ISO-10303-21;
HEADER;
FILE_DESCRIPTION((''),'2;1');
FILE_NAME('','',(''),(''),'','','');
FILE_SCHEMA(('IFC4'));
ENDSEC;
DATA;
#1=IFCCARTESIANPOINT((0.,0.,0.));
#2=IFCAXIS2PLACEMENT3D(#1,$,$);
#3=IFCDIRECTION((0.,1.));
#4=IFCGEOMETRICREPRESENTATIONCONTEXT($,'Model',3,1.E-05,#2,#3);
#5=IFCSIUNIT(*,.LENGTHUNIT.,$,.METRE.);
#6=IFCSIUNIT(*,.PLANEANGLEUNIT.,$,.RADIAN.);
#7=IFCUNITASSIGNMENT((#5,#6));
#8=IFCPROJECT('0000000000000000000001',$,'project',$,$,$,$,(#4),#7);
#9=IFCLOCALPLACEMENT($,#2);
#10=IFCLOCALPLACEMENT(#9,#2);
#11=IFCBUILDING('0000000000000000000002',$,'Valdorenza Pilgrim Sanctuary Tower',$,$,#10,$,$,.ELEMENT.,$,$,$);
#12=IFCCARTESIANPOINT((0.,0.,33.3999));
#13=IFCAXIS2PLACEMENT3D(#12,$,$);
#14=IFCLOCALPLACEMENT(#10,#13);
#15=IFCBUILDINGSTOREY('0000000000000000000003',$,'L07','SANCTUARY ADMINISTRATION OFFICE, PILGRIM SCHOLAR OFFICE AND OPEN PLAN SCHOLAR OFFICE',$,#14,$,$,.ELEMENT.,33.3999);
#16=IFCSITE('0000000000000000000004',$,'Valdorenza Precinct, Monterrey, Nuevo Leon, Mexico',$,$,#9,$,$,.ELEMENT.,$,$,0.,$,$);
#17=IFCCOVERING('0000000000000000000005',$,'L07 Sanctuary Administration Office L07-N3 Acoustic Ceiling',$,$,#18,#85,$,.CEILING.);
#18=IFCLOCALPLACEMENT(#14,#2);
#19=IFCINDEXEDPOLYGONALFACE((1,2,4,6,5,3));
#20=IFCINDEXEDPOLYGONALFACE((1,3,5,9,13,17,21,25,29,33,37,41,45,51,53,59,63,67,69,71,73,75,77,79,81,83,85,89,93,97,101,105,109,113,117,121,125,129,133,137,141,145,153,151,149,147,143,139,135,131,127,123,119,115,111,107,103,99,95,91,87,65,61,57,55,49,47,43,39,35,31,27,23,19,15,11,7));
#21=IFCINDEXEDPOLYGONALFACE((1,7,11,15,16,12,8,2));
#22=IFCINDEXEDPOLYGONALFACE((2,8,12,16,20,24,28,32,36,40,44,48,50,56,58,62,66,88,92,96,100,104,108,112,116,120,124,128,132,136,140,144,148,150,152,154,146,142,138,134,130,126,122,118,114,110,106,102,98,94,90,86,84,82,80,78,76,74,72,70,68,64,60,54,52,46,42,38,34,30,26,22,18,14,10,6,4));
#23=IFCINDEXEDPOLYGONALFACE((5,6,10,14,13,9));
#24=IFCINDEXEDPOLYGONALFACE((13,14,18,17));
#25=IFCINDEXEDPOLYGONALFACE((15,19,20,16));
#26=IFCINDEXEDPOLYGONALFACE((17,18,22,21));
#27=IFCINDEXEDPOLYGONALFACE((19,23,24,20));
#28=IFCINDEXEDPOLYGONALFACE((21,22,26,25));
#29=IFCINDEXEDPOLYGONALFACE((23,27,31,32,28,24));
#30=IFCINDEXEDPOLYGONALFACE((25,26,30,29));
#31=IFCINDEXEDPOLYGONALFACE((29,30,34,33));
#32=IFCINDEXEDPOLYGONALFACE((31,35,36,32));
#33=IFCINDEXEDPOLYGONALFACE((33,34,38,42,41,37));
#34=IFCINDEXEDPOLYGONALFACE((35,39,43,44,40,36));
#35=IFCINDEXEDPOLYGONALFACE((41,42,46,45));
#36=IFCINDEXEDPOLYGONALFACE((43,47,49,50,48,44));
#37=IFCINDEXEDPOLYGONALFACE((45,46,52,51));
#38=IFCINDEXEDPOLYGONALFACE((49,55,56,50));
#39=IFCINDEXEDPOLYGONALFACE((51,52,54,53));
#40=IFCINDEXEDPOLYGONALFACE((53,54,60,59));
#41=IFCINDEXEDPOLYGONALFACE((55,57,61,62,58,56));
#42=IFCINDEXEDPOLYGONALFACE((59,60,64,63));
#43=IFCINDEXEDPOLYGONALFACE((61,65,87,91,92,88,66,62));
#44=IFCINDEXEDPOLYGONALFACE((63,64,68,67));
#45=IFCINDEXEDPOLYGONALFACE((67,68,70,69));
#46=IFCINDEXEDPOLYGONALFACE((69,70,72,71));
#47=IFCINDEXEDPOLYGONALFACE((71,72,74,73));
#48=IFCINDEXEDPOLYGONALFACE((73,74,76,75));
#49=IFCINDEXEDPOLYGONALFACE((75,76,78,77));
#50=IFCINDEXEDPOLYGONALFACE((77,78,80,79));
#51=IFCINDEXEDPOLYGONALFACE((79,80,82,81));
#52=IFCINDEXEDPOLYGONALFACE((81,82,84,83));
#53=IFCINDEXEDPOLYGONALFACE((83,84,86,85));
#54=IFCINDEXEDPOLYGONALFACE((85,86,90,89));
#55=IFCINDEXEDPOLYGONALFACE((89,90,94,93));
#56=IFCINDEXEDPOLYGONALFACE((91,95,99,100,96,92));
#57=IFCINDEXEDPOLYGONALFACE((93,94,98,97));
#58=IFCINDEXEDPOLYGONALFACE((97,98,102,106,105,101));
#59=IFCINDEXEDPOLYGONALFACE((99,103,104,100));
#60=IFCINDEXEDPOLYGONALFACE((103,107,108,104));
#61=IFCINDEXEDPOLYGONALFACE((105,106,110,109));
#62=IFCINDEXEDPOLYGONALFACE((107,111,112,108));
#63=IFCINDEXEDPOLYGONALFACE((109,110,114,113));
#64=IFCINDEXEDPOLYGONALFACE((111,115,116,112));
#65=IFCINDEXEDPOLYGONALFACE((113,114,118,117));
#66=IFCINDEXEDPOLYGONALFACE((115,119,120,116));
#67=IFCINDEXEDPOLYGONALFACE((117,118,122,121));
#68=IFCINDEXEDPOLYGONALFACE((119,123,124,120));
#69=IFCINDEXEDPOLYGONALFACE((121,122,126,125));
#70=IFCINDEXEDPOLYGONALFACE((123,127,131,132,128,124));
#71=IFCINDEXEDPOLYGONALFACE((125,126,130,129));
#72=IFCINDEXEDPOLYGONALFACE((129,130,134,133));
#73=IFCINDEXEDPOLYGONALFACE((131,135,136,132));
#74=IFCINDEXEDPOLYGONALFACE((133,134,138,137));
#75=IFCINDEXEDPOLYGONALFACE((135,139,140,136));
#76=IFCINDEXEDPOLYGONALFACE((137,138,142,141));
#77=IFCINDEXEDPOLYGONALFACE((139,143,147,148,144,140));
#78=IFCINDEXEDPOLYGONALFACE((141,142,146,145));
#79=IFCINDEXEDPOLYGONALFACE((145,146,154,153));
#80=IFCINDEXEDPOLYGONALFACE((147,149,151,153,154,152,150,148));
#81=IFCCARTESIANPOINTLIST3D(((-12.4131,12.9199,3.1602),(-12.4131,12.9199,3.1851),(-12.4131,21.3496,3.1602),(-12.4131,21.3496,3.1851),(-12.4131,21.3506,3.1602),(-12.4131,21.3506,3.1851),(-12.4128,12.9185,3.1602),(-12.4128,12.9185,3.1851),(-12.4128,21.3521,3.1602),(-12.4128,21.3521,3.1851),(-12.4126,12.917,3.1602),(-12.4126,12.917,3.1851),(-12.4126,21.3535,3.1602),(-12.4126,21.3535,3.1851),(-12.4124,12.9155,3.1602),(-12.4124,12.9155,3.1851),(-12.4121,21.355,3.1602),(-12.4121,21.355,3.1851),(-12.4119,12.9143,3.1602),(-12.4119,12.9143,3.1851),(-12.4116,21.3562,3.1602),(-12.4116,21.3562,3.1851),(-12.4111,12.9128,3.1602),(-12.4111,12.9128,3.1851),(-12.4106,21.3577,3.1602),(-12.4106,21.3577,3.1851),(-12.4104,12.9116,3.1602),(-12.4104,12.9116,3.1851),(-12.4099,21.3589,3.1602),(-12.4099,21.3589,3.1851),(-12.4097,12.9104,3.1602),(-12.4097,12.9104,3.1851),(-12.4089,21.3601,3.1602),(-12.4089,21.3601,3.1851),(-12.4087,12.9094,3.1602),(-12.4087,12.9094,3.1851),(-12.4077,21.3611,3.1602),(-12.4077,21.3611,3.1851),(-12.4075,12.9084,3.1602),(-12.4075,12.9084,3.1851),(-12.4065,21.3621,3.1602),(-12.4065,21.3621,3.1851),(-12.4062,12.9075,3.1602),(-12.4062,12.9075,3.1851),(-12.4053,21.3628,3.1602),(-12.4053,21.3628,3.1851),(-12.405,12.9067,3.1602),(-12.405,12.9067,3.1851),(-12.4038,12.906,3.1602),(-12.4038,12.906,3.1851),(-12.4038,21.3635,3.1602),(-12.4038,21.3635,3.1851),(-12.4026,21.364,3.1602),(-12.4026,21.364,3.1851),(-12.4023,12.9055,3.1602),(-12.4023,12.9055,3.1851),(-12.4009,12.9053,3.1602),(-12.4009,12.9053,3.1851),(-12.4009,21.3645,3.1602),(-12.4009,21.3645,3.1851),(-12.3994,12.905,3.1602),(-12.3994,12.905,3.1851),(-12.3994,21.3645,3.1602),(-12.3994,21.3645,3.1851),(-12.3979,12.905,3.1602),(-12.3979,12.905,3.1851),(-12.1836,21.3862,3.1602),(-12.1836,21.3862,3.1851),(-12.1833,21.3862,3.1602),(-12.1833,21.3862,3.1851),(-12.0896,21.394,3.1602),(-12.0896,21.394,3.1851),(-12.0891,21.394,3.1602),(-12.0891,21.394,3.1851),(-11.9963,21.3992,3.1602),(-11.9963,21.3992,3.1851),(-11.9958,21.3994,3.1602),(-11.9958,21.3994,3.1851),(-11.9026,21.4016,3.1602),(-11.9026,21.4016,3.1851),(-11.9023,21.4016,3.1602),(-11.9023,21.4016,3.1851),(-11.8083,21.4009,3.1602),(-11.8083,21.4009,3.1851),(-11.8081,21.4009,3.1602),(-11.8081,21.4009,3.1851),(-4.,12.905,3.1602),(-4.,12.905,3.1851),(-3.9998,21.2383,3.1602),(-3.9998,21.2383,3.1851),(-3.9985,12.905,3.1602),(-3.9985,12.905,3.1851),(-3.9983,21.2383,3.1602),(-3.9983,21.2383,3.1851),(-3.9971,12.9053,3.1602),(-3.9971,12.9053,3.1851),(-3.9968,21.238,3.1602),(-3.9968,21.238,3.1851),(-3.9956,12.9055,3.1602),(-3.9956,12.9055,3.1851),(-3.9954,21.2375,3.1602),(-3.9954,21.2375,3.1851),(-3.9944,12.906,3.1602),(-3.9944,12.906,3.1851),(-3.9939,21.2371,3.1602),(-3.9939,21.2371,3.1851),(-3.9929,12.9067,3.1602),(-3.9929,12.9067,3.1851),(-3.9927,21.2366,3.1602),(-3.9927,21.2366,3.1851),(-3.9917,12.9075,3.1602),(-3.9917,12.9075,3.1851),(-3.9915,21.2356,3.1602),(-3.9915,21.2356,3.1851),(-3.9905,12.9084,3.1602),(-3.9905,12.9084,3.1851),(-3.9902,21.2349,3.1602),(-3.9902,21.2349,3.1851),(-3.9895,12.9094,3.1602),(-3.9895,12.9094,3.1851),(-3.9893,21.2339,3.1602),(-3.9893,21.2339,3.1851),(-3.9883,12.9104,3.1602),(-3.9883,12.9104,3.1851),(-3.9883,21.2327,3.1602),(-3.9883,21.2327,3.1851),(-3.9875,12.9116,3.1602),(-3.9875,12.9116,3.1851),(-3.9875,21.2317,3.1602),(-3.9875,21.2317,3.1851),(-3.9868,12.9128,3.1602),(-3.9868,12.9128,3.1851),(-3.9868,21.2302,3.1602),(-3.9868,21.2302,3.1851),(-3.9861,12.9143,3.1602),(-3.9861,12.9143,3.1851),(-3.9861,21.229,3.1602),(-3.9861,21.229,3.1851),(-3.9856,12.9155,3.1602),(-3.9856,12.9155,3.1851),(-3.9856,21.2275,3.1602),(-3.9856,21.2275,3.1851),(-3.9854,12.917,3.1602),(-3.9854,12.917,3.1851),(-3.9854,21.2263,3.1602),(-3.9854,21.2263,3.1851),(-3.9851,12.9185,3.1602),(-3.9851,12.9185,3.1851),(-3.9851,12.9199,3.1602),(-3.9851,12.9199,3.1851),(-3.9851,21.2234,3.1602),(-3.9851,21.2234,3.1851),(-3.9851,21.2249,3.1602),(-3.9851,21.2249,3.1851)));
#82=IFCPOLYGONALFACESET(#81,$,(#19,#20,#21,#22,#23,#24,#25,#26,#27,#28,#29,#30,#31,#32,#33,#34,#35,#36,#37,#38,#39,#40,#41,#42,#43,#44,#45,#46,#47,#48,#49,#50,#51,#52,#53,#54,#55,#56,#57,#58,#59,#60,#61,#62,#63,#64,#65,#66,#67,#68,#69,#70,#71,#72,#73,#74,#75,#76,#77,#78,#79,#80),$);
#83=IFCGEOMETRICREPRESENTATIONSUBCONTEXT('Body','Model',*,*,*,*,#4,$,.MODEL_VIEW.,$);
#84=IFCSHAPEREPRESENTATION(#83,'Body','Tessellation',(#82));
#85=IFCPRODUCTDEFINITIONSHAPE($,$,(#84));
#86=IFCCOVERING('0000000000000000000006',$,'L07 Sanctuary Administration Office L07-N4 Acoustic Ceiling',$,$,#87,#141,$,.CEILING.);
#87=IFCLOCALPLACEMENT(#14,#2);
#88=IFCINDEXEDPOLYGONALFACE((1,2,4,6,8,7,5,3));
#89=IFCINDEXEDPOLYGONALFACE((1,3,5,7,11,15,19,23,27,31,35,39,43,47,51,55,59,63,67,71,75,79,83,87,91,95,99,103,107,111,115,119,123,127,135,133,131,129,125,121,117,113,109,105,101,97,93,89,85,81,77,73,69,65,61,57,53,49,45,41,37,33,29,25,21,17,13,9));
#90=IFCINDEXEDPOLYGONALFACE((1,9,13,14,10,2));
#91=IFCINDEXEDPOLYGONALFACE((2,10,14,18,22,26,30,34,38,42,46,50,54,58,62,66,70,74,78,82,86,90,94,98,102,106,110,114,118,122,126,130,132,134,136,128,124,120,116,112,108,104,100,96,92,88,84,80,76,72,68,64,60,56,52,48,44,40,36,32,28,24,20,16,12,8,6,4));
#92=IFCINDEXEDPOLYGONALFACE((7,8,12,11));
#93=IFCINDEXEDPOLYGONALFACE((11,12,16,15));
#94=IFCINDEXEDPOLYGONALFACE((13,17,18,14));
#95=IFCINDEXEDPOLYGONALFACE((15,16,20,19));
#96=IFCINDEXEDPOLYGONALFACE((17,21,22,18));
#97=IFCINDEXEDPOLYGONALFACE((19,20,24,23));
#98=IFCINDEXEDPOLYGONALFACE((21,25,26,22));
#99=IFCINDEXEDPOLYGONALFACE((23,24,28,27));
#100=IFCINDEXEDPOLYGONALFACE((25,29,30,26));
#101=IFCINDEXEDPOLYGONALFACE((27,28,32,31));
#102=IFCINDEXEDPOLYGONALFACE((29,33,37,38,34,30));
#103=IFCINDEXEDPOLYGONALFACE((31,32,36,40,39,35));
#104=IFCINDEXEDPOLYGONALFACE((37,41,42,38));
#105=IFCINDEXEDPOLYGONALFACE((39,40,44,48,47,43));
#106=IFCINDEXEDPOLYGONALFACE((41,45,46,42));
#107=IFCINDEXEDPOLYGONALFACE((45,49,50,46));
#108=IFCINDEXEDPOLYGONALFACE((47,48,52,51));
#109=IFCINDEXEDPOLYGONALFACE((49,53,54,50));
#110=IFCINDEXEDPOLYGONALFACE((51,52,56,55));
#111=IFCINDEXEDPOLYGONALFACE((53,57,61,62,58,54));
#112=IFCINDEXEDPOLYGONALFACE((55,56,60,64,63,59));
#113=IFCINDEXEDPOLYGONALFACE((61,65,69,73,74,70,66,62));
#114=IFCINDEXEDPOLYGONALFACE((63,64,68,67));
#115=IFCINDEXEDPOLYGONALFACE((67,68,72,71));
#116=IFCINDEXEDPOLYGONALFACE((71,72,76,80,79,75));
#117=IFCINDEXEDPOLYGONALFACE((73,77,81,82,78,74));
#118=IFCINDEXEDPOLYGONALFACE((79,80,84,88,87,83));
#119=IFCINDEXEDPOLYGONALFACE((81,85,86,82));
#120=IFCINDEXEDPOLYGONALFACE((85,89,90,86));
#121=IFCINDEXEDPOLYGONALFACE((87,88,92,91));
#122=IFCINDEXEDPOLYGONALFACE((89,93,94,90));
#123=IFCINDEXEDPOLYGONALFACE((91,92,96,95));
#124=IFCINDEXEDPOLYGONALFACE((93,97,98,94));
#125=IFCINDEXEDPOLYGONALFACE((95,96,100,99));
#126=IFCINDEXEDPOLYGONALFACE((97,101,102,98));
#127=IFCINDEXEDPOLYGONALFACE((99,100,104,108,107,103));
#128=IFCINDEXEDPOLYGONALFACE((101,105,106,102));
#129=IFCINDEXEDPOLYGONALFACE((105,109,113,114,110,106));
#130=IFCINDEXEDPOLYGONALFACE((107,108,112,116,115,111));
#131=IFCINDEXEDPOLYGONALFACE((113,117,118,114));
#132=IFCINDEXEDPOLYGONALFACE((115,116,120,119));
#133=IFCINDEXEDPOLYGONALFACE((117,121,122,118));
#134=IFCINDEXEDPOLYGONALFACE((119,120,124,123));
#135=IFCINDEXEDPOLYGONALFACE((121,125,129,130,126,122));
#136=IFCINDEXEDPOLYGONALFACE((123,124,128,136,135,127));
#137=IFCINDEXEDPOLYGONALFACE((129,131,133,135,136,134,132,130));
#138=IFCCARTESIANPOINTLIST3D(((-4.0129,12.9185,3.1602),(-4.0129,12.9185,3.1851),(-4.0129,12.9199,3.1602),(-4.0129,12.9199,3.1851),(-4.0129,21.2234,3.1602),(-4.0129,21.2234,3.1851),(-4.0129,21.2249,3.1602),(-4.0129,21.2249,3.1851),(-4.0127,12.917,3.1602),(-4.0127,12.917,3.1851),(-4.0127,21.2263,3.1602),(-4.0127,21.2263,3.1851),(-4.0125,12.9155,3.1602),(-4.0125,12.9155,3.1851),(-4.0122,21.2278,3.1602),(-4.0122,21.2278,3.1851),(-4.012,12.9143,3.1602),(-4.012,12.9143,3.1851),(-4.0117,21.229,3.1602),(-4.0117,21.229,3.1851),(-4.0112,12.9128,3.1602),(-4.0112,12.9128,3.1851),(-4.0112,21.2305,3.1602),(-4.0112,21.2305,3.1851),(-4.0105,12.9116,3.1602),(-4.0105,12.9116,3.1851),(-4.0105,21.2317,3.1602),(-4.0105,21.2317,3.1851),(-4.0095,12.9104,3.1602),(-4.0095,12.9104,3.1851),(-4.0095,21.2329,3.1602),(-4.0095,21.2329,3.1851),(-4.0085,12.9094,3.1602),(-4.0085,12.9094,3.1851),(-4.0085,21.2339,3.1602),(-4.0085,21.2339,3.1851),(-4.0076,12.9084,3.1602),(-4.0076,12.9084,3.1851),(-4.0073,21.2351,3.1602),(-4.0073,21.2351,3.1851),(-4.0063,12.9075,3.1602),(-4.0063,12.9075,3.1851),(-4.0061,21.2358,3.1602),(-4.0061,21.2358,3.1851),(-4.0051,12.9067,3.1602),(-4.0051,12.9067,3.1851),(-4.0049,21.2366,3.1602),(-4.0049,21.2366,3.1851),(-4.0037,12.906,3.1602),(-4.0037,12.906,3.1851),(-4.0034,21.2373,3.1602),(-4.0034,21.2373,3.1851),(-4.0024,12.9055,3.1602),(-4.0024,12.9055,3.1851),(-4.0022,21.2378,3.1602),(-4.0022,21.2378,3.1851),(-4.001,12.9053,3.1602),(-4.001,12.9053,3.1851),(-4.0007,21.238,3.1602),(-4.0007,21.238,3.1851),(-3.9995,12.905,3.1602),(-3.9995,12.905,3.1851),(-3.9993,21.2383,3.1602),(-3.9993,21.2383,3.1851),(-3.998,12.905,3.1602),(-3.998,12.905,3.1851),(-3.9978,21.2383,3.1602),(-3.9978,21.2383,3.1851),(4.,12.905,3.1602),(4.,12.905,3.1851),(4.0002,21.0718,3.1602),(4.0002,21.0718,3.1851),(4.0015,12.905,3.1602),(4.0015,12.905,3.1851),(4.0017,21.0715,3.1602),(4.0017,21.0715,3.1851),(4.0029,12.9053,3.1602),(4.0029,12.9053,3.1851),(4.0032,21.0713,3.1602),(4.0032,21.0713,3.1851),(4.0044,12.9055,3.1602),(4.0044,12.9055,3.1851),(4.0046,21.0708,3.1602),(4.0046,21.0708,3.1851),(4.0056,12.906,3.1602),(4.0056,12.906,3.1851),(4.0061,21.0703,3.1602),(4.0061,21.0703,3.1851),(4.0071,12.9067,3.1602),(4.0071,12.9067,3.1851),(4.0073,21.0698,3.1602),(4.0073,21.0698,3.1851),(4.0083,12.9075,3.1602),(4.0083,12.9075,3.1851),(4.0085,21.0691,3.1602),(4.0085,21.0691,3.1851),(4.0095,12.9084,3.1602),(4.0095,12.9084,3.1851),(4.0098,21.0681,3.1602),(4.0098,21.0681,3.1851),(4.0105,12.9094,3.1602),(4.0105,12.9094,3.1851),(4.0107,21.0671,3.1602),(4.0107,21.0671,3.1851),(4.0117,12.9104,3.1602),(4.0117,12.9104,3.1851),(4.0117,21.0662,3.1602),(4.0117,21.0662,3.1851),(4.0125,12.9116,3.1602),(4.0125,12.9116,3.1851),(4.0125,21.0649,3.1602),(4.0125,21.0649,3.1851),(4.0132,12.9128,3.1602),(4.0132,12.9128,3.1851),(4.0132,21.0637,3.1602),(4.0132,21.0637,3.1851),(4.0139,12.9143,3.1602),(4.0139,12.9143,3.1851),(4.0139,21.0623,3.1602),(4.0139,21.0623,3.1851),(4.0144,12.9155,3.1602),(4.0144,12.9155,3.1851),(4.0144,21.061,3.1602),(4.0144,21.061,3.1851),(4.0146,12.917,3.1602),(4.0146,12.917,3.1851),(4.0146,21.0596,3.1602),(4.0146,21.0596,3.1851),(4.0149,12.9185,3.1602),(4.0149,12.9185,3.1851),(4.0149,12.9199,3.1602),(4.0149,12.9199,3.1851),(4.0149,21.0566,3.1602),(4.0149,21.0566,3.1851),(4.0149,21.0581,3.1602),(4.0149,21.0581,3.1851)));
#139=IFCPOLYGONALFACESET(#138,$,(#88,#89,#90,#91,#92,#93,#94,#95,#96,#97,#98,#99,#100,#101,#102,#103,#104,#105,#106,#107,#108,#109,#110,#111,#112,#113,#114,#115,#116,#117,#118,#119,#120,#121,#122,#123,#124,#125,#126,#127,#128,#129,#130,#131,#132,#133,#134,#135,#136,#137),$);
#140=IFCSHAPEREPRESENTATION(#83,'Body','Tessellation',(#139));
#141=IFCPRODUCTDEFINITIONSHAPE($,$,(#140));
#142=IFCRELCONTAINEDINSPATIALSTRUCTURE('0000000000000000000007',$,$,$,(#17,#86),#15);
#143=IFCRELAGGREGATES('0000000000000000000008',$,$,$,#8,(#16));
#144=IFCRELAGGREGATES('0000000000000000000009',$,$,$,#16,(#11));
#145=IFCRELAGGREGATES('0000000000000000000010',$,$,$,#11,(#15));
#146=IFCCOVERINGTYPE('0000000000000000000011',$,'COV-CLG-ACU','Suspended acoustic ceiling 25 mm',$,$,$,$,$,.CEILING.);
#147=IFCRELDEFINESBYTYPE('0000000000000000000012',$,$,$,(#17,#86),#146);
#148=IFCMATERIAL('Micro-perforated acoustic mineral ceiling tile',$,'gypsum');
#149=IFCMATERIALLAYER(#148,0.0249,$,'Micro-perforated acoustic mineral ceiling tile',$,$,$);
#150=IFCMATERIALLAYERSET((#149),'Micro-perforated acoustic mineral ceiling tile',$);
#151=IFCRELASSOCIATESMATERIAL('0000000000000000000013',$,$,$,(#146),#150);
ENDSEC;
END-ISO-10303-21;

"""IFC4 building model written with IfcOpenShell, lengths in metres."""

from ifc_helpers import new_model, si_unit, direction, frame, origin, place, context, subcontext, project, spatial, polyline, outline, extrude, material, layer, layer_set, type_object, element, save


model = new_model("IFC4")

# Units and contexts
model_context = context("Model", 3, precision=1e-05, world=origin(), true_north=direction((0.0, 1.0)))
body_context = subcontext(model_context, "Body", "Model", "MODEL_VIEW")
ifc_project = project(units=[si_unit("LENGTHUNIT", "METRE"), si_unit("PLANEANGLEUNIT", "RADIAN")], contexts=[model_context])

# Site, building, storey
site_placement = place(None, origin())
site = spatial("IfcSite", under=ifc_project, at=site_placement, Name="Valdorenza Precinct, Monterrey, Nuevo Leon, Mexico", CompositionType="ELEMENT", RefElevation=0.0)
building_placement = place(site_placement, origin())
building = spatial("IfcBuilding", under=site, at=building_placement, Name="Valdorenza Pilgrim Sanctuary Tower", CompositionType="ELEMENT")
storey_placement = place(building_placement, frame((0.0, 0.0, 33.3999)))
storey = spatial("IfcBuildingStorey", under=building, at=storey_placement, Name="L07", Description="SANCTUARY ADMINISTRATION OFFICE, PILGRIM SCHOLAR OFFICE AND OPEN PLAN SCHOLAR OFFICE", CompositionType="ELEMENT", Elevation=33.3999)

# Coverings
ifc_material_1 = material(Name="Micro-perforated acoustic mineral ceiling tile", Category="gypsum")
ifc_layer_1 = layer(ifc_material_1, 0.0249, Name="Micro-perforated acoustic mineral ceiling tile")
ifc_layer_set_1 = layer_set([ifc_layer_1], Name="Micro-perforated acoustic mineral ceiling tile")
covering_type_1 = type_object("IfcCoveringType", Name="COV-CLG-ACU", Description="Suspended acoustic ceiling 25 mm", PredefinedType="CEILING", material=ifc_layer_set_1)
covering_1_placement = place(storey_placement, frame((0.0, 0.0, 3.1602)))
element("IfcCovering", 1, at=covering_1_placement, inside=storey, type_object=covering_type_1, Name="L07 Sanctuary Administration Office L07-N3 Acoustic Ceiling", PredefinedType="CEILING", context=body_context, shape_type="SweptSolid", body=[
    extrude(outline(polyline([(-12.4131, 21.3496), (-12.4131, 21.3506), (-12.4128, 21.3521), (-12.4126, 21.3535), (-12.4121, 21.355), (-12.4116, 21.3562), (-12.4106, 21.3577), (-12.4099, 21.3589), (-12.4089, 21.3601), (-12.4077, 21.3611), (-12.4065, 21.3621), (-12.4053, 21.3628), (-12.4038, 21.3635), (-12.4026, 21.364), (-12.4009, 21.3645), (-12.3994, 21.3645), (-12.1836, 21.3862), (-12.1833, 21.3862), (-12.0896, 21.394), (-12.0891, 21.394), (-11.9963, 21.3992), (-11.9958, 21.3994), (-11.9026, 21.4016), (-11.9023, 21.4016), (-11.8083, 21.4009), (-11.8081, 21.4009), (-3.9998, 21.2383), (-3.9983, 21.2383), (-3.9968, 21.238), (-3.9954, 21.2375), (-3.9939, 21.2371), (-3.9927, 21.2366), (-3.9915, 21.2356), (-3.9902, 21.2349), (-3.9893, 21.2339), (-3.9883, 21.2327), (-3.9875, 21.2317), (-3.9868, 21.2302), (-3.9861, 21.229), (-3.9856, 21.2275), (-3.9854, 21.2263), (-3.9851, 21.2249), (-3.9851, 21.2234), (-3.9851, 12.9199), (-3.9851, 12.9185), (-3.9854, 12.917), (-3.9856, 12.9155), (-3.9861, 12.9143), (-3.9868, 12.9128), (-3.9875, 12.9116), (-3.9883, 12.9104), (-3.9895, 12.9094), (-3.9905, 12.9084), (-3.9917, 12.9075), (-3.9929, 12.9067), (-3.9944, 12.906), (-3.9956, 12.9055), (-3.9971, 12.9053), (-3.9985, 12.905), (-4.0, 12.905), (-12.3979, 12.905), (-12.3994, 12.905), (-12.4009, 12.9053), (-12.4023, 12.9055), (-12.4038, 12.906), (-12.405, 12.9067), (-12.4062, 12.9075), (-12.4075, 12.9084), (-12.4087, 12.9094), (-12.4097, 12.9104), (-12.4104, 12.9116), (-12.4111, 12.9128), (-12.4119, 12.9143), (-12.4124, 12.9155), (-12.4126, 12.917), (-12.4128, 12.9185), (-12.4131, 12.9199), (-12.4131, 21.3496), (-12.4131, 21.3496)])), origin(), (0.0, 0.0, 1.0), 0.0249),
])
covering_2_placement = place(storey_placement, frame((0.0, 0.0, 3.1602)))
element("IfcCovering", 2, at=covering_2_placement, inside=storey, type_object=covering_type_1, Name="L07 Sanctuary Administration Office L07-N4 Acoustic Ceiling", PredefinedType="CEILING", context=body_context, shape_type="SweptSolid", body=[
    extrude(outline(polyline([(-3.998, 12.905), (-3.9995, 12.905), (-4.001, 12.9053), (-4.0024, 12.9055), (-4.0037, 12.906), (-4.0051, 12.9067), (-4.0063, 12.9075), (-4.0076, 12.9084), (-4.0085, 12.9094), (-4.0095, 12.9104), (-4.0105, 12.9116), (-4.0112, 12.9128), (-4.012, 12.9143), (-4.0125, 12.9155), (-4.0127, 12.917), (-4.0129, 12.9185), (-4.0129, 12.9199), (-4.0129, 21.2234), (-4.0129, 21.2249), (-4.0127, 21.2263), (-4.0122, 21.2278), (-4.0117, 21.229), (-4.0112, 21.2305), (-4.0105, 21.2317), (-4.0095, 21.2329), (-4.0085, 21.2339), (-4.0073, 21.2351), (-4.0061, 21.2358), (-4.0049, 21.2366), (-4.0034, 21.2373), (-4.0022, 21.2378), (-4.0007, 21.238), (-3.9993, 21.2383), (-3.9978, 21.2383), (4.0002, 21.0718), (4.0017, 21.0715), (4.0032, 21.0713), (4.0046, 21.0708), (4.0061, 21.0703), (4.0073, 21.0698), (4.0085, 21.0691), (4.0098, 21.0681), (4.0107, 21.0671), (4.0117, 21.0662), (4.0125, 21.0649), (4.0132, 21.0637), (4.0139, 21.0623), (4.0144, 21.061), (4.0146, 21.0596), (4.0149, 21.0581), (4.0149, 21.0566), (4.0149, 12.9199), (4.0149, 12.9185), (4.0146, 12.917), (4.0144, 12.9155), (4.0139, 12.9143), (4.0132, 12.9128), (4.0125, 12.9116), (4.0117, 12.9104), (4.0105, 12.9094), (4.0095, 12.9084), (4.0083, 12.9075), (4.0071, 12.9067), (4.0056, 12.906), (4.0044, 12.9055), (4.0029, 12.9053), (4.0015, 12.905), (4.0, 12.905), (-3.998, 12.905)])), origin(), (0.0, 0.0, 1.0), 0.0249),
])

save(model, "model.ifc")
